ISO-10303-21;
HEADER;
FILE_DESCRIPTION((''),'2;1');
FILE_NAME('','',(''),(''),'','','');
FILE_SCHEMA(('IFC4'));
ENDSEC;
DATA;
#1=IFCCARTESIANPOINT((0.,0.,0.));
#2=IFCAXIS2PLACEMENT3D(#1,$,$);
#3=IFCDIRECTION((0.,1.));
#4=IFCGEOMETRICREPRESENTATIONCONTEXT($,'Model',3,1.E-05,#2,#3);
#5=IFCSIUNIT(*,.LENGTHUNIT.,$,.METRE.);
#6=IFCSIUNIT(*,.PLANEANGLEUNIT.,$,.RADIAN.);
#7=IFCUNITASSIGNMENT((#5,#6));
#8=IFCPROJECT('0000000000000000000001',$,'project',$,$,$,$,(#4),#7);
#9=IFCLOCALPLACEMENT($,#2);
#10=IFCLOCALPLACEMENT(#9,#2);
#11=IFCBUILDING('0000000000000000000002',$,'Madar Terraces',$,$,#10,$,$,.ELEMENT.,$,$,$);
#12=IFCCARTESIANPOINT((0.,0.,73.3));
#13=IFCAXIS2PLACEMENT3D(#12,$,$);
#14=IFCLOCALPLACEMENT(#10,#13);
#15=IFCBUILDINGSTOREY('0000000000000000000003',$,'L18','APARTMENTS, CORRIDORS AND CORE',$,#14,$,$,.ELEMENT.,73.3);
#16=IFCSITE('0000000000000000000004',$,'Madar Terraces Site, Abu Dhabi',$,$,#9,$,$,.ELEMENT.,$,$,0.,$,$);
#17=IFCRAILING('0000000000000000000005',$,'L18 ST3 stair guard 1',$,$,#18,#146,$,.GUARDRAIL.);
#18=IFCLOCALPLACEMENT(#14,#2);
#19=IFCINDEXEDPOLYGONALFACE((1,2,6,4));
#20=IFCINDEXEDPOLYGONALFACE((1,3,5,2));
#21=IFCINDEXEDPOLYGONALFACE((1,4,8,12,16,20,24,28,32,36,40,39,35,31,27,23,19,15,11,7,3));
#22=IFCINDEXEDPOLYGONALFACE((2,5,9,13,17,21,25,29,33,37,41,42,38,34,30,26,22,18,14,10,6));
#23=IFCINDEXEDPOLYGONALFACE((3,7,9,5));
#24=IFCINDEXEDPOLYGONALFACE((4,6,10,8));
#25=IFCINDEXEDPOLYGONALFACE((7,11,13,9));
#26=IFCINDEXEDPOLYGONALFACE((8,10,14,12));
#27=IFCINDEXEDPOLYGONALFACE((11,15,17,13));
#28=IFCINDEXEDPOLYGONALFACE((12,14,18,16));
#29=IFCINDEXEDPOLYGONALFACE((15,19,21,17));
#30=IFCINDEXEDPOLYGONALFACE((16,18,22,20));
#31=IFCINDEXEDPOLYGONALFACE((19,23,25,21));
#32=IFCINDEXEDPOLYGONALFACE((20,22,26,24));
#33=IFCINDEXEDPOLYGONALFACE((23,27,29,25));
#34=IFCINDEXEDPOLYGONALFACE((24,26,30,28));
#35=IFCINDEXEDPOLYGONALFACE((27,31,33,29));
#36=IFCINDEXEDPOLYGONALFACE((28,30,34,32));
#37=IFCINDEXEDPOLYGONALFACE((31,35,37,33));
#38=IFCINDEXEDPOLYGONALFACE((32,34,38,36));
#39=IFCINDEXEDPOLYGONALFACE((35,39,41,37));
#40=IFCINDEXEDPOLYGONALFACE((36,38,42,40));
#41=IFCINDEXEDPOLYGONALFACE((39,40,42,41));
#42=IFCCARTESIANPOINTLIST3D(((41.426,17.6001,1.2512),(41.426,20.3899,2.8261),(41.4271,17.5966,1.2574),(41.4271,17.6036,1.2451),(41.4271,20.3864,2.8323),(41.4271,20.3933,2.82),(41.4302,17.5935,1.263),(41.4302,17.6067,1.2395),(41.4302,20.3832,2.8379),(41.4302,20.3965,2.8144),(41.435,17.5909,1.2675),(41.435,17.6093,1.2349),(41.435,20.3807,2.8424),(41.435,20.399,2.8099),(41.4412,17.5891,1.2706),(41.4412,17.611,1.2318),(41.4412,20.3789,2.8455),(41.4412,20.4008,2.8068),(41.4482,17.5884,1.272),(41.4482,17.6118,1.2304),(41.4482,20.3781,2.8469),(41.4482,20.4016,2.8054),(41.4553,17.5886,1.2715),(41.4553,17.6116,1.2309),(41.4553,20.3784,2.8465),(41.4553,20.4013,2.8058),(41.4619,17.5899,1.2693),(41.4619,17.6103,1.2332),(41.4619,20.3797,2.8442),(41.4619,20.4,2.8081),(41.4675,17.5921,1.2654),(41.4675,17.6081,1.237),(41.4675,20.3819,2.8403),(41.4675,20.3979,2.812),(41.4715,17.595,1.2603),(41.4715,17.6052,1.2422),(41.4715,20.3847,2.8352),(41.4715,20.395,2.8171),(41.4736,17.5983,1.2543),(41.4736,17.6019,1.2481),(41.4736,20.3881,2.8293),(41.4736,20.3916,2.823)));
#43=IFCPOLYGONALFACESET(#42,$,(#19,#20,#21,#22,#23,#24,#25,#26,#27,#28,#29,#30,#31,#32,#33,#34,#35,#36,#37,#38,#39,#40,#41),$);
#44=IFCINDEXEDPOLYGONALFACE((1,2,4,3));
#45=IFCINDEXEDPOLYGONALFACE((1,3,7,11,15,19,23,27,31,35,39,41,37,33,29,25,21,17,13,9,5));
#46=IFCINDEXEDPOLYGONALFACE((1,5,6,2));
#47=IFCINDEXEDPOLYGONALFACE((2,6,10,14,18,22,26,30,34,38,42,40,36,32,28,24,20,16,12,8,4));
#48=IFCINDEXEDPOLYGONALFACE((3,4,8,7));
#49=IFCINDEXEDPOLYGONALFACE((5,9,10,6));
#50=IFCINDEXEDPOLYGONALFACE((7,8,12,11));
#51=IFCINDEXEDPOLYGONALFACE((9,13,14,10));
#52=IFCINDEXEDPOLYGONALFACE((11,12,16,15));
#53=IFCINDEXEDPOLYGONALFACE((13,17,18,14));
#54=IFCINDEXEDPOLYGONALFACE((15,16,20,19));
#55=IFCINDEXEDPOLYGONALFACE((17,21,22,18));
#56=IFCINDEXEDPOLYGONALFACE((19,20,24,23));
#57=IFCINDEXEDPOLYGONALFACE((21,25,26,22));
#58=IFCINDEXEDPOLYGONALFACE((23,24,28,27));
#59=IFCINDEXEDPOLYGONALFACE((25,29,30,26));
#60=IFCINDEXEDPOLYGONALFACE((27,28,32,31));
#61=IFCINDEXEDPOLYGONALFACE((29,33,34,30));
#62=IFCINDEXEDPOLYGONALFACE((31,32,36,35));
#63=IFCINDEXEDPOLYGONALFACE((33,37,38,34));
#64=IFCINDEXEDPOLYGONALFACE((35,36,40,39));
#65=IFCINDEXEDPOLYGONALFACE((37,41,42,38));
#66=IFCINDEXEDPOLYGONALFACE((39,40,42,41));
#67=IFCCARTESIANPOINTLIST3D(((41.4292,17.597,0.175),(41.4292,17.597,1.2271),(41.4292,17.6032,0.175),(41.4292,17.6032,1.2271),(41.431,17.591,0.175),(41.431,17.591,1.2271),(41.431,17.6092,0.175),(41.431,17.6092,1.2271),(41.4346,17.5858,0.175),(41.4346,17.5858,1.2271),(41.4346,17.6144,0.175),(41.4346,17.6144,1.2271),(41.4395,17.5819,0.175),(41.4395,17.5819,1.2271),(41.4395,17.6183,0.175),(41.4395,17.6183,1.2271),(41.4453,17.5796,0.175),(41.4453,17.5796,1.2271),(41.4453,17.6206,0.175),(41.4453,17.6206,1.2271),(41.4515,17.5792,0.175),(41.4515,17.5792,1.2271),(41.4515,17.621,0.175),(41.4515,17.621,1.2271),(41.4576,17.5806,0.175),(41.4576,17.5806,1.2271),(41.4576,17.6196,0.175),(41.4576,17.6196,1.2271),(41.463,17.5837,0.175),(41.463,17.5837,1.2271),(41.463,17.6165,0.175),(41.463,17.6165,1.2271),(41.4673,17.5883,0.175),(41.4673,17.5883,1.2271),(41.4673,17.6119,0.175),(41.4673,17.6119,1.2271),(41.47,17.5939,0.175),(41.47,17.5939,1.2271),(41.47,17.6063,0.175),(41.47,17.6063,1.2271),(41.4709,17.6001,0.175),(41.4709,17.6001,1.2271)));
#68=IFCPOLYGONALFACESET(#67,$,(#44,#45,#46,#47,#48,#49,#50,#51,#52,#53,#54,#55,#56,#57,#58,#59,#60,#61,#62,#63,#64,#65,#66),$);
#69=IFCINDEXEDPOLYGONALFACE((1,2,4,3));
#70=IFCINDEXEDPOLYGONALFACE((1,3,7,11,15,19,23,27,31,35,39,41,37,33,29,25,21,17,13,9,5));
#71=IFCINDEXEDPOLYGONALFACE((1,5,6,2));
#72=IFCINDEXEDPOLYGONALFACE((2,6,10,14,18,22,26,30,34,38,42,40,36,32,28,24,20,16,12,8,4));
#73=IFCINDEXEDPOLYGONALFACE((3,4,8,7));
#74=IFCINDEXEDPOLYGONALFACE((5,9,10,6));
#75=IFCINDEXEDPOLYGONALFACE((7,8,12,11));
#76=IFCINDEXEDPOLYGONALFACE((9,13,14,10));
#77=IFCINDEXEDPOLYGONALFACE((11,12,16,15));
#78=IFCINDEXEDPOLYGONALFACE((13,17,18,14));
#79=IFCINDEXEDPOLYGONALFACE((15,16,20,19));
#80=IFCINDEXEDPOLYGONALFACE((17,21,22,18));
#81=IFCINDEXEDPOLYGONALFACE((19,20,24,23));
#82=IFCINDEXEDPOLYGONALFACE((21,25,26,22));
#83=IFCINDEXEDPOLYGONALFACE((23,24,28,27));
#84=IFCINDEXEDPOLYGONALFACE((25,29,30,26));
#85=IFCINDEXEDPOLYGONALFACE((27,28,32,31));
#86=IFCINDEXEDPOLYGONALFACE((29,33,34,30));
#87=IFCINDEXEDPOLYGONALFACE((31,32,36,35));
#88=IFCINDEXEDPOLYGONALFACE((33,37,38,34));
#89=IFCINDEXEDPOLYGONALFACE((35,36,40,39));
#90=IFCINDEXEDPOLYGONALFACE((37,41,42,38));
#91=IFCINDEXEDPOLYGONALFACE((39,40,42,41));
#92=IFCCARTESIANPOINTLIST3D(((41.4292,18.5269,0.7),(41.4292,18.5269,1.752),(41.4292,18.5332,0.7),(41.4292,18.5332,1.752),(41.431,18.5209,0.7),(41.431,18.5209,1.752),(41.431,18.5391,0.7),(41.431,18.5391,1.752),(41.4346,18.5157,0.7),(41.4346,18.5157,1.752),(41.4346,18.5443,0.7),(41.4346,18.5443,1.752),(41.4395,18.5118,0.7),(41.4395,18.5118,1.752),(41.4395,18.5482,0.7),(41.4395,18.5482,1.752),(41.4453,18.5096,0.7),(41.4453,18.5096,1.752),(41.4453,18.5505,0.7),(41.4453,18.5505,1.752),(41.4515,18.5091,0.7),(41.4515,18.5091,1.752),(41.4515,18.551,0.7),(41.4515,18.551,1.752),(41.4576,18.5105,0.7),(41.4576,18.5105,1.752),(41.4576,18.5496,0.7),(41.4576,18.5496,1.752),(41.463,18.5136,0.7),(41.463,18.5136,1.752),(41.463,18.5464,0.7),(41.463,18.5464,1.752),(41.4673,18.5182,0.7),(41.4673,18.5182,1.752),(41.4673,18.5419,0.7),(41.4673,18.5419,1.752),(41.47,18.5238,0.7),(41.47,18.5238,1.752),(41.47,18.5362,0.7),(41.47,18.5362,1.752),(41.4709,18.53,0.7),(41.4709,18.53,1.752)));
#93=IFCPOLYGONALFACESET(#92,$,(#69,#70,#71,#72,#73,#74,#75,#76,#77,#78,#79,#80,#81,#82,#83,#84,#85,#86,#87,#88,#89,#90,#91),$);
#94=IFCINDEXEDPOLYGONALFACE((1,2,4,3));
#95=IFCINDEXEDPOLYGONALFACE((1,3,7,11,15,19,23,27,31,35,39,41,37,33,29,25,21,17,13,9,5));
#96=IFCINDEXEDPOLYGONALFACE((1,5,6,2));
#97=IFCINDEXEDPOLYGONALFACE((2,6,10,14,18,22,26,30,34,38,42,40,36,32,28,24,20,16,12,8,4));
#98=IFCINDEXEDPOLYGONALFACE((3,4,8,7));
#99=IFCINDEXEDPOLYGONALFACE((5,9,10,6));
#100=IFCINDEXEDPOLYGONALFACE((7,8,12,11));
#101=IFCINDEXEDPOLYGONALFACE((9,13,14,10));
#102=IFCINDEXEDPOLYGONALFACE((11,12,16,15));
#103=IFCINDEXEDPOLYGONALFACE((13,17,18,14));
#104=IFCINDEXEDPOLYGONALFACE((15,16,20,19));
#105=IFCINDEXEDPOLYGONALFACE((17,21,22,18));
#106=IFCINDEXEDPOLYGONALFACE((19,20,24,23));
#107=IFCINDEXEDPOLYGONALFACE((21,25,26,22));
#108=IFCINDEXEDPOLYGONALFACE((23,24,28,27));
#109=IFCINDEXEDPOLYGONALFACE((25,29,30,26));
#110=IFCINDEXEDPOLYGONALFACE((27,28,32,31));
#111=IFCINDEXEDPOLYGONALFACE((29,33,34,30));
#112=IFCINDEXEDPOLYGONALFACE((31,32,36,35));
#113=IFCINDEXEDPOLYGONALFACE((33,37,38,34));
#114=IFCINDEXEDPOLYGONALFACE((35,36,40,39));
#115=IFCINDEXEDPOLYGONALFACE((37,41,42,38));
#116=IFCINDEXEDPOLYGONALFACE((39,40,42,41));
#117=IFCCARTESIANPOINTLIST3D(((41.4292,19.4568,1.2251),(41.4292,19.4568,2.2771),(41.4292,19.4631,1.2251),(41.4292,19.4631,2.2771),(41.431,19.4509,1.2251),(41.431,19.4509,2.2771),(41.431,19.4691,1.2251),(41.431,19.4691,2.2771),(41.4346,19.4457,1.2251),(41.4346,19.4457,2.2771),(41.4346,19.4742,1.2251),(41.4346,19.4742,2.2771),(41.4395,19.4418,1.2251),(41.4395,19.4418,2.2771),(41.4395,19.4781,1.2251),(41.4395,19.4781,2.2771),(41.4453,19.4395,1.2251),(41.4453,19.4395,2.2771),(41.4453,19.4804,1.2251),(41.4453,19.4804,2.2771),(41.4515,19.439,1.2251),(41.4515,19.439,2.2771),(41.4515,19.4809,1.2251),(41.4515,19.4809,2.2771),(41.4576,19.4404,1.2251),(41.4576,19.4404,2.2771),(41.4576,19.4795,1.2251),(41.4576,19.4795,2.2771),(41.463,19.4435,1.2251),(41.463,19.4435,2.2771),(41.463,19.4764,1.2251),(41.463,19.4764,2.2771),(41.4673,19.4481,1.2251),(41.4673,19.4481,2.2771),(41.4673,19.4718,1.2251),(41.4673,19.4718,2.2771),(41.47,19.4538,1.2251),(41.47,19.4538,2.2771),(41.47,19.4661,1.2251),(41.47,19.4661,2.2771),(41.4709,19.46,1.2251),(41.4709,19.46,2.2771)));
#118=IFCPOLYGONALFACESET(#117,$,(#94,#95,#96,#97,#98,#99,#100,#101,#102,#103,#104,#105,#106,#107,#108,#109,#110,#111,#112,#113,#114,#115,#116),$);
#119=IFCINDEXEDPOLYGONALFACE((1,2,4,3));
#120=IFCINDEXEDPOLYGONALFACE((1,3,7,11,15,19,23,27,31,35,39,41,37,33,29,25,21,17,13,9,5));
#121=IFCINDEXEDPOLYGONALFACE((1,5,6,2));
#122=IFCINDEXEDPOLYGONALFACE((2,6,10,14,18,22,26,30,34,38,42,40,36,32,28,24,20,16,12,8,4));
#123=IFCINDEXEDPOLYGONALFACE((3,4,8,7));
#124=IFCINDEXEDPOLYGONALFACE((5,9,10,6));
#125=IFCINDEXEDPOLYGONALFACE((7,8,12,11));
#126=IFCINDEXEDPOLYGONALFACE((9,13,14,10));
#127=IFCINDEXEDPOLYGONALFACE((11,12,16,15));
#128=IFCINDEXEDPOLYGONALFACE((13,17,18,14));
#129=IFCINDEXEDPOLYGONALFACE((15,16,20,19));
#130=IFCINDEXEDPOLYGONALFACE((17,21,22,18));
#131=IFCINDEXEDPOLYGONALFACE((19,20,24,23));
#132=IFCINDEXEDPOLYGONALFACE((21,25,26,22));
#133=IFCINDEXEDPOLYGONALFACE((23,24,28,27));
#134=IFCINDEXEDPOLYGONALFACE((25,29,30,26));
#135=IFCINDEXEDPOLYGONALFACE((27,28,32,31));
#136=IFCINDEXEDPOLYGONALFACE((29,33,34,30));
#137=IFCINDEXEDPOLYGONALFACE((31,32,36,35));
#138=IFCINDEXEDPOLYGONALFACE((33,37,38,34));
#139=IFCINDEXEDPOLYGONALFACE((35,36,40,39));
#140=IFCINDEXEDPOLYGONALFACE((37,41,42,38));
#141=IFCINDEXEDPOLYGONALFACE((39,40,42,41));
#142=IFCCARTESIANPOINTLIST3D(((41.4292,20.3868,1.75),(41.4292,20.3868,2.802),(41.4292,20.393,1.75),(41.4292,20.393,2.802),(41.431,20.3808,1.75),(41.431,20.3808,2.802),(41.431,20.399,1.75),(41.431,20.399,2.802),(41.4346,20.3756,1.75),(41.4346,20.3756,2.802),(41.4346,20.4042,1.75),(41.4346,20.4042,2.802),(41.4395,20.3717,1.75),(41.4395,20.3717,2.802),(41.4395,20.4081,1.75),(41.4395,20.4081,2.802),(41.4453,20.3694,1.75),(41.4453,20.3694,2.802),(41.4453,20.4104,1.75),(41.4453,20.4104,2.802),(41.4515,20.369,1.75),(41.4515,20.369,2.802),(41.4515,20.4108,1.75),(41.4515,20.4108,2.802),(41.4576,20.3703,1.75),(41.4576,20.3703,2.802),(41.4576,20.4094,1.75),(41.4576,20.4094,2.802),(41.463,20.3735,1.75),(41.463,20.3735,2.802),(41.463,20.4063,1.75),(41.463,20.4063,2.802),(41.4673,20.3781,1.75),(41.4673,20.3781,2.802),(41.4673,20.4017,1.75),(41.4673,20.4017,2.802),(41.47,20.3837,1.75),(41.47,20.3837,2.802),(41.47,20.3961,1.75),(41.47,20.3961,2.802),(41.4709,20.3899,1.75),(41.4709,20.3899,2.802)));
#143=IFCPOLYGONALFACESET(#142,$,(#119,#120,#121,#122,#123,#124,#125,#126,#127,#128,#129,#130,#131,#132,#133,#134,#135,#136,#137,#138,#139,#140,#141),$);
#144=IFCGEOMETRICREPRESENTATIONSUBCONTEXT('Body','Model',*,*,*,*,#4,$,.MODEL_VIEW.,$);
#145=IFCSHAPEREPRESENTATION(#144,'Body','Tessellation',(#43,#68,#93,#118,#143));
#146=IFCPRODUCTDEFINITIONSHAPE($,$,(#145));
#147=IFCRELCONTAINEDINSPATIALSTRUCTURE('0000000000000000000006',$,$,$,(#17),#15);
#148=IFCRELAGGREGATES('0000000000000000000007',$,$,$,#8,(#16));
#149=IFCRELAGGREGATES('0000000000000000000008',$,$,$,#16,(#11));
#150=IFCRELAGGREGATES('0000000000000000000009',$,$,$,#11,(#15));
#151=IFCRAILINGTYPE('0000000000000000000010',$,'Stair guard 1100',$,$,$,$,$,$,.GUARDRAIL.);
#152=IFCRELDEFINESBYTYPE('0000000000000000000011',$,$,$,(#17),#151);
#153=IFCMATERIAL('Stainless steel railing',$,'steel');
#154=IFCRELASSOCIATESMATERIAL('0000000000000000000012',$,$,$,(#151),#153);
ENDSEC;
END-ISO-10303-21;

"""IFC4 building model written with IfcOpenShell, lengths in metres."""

from ifc_helpers import new_model, si_unit, direction, frame, origin, origin_2d, place, context, subcontext, project, spatial, circle, extrude, material, type_object, element, save


model = new_model("IFC4")

# Units and contexts
model_context = context("Model", 3, precision=1e-05, world=origin(), true_north=direction((0.0, 1.0)))
body_context = subcontext(model_context, "Body", "Model", "MODEL_VIEW")
ifc_project = project(units=[si_unit("LENGTHUNIT", "METRE"), si_unit("PLANEANGLEUNIT", "RADIAN")], contexts=[model_context])

# Site, building, storey
site_placement = place(None, origin())
site = spatial("IfcSite", under=ifc_project, at=site_placement, Name="Madar Terraces Site, Abu Dhabi", CompositionType="ELEMENT", RefElevation=0.0)
building_placement = place(site_placement, origin())
building = spatial("IfcBuilding", under=site, at=building_placement, Name="Madar Terraces", CompositionType="ELEMENT")
storey_placement = place(building_placement, frame((0.0, 0.0, 73.3)))
storey = spatial("IfcBuildingStorey", under=building, at=storey_placement, Name="L18", Description="APARTMENTS, CORRIDORS AND CORE", CompositionType="ELEMENT", Elevation=73.3)

# Railing
ifc_material_1 = material(Name="Stainless steel railing", Category="steel")
railing_type_1 = type_object("IfcRailingType", Name="Stair guard 1100", PredefinedType="GUARDRAIL", material=ifc_material_1)
railing_1_placement = place(storey_placement, frame((41.45, 17.6001, 0.175)))
element("IfcRailing", 1, at=railing_1_placement, inside=storey, type_object=railing_type_1, Name="L18 ST3 stair guard 1", PredefinedType="GUARDRAIL", context=body_context, shape_type="SweptSolid", body=[
    extrude(circle(Radius=0.0239, at=origin_2d()), frame((0.0, 0.0, 1.0762), z_axis=(0.0, 0.870815, 0.49161), x_axis=(-1.0, 0.0, 0.0)), (0.0, 0.0, 1.0), 3.2036),
    extrude(circle(Radius=0.021, at=origin_2d()), origin(), (0.0, 0.0, 1.0), 1.052),
    extrude(circle(Radius=0.021, at=origin_2d()), frame((0.0, 0.9299, 0.5249)), (0.0, 0.0, 1.0), 1.052),
    extrude(circle(Radius=0.021, at=origin_2d()), frame((0.0, 1.8599, 1.05)), (0.0, 0.0, 1.0), 1.052),
    extrude(circle(Radius=0.021, at=origin_2d()), frame((0.0, 2.7898, 1.575)), (0.0, 0.0, 1.0), 1.052),
])

save(model, "model.ifc")
